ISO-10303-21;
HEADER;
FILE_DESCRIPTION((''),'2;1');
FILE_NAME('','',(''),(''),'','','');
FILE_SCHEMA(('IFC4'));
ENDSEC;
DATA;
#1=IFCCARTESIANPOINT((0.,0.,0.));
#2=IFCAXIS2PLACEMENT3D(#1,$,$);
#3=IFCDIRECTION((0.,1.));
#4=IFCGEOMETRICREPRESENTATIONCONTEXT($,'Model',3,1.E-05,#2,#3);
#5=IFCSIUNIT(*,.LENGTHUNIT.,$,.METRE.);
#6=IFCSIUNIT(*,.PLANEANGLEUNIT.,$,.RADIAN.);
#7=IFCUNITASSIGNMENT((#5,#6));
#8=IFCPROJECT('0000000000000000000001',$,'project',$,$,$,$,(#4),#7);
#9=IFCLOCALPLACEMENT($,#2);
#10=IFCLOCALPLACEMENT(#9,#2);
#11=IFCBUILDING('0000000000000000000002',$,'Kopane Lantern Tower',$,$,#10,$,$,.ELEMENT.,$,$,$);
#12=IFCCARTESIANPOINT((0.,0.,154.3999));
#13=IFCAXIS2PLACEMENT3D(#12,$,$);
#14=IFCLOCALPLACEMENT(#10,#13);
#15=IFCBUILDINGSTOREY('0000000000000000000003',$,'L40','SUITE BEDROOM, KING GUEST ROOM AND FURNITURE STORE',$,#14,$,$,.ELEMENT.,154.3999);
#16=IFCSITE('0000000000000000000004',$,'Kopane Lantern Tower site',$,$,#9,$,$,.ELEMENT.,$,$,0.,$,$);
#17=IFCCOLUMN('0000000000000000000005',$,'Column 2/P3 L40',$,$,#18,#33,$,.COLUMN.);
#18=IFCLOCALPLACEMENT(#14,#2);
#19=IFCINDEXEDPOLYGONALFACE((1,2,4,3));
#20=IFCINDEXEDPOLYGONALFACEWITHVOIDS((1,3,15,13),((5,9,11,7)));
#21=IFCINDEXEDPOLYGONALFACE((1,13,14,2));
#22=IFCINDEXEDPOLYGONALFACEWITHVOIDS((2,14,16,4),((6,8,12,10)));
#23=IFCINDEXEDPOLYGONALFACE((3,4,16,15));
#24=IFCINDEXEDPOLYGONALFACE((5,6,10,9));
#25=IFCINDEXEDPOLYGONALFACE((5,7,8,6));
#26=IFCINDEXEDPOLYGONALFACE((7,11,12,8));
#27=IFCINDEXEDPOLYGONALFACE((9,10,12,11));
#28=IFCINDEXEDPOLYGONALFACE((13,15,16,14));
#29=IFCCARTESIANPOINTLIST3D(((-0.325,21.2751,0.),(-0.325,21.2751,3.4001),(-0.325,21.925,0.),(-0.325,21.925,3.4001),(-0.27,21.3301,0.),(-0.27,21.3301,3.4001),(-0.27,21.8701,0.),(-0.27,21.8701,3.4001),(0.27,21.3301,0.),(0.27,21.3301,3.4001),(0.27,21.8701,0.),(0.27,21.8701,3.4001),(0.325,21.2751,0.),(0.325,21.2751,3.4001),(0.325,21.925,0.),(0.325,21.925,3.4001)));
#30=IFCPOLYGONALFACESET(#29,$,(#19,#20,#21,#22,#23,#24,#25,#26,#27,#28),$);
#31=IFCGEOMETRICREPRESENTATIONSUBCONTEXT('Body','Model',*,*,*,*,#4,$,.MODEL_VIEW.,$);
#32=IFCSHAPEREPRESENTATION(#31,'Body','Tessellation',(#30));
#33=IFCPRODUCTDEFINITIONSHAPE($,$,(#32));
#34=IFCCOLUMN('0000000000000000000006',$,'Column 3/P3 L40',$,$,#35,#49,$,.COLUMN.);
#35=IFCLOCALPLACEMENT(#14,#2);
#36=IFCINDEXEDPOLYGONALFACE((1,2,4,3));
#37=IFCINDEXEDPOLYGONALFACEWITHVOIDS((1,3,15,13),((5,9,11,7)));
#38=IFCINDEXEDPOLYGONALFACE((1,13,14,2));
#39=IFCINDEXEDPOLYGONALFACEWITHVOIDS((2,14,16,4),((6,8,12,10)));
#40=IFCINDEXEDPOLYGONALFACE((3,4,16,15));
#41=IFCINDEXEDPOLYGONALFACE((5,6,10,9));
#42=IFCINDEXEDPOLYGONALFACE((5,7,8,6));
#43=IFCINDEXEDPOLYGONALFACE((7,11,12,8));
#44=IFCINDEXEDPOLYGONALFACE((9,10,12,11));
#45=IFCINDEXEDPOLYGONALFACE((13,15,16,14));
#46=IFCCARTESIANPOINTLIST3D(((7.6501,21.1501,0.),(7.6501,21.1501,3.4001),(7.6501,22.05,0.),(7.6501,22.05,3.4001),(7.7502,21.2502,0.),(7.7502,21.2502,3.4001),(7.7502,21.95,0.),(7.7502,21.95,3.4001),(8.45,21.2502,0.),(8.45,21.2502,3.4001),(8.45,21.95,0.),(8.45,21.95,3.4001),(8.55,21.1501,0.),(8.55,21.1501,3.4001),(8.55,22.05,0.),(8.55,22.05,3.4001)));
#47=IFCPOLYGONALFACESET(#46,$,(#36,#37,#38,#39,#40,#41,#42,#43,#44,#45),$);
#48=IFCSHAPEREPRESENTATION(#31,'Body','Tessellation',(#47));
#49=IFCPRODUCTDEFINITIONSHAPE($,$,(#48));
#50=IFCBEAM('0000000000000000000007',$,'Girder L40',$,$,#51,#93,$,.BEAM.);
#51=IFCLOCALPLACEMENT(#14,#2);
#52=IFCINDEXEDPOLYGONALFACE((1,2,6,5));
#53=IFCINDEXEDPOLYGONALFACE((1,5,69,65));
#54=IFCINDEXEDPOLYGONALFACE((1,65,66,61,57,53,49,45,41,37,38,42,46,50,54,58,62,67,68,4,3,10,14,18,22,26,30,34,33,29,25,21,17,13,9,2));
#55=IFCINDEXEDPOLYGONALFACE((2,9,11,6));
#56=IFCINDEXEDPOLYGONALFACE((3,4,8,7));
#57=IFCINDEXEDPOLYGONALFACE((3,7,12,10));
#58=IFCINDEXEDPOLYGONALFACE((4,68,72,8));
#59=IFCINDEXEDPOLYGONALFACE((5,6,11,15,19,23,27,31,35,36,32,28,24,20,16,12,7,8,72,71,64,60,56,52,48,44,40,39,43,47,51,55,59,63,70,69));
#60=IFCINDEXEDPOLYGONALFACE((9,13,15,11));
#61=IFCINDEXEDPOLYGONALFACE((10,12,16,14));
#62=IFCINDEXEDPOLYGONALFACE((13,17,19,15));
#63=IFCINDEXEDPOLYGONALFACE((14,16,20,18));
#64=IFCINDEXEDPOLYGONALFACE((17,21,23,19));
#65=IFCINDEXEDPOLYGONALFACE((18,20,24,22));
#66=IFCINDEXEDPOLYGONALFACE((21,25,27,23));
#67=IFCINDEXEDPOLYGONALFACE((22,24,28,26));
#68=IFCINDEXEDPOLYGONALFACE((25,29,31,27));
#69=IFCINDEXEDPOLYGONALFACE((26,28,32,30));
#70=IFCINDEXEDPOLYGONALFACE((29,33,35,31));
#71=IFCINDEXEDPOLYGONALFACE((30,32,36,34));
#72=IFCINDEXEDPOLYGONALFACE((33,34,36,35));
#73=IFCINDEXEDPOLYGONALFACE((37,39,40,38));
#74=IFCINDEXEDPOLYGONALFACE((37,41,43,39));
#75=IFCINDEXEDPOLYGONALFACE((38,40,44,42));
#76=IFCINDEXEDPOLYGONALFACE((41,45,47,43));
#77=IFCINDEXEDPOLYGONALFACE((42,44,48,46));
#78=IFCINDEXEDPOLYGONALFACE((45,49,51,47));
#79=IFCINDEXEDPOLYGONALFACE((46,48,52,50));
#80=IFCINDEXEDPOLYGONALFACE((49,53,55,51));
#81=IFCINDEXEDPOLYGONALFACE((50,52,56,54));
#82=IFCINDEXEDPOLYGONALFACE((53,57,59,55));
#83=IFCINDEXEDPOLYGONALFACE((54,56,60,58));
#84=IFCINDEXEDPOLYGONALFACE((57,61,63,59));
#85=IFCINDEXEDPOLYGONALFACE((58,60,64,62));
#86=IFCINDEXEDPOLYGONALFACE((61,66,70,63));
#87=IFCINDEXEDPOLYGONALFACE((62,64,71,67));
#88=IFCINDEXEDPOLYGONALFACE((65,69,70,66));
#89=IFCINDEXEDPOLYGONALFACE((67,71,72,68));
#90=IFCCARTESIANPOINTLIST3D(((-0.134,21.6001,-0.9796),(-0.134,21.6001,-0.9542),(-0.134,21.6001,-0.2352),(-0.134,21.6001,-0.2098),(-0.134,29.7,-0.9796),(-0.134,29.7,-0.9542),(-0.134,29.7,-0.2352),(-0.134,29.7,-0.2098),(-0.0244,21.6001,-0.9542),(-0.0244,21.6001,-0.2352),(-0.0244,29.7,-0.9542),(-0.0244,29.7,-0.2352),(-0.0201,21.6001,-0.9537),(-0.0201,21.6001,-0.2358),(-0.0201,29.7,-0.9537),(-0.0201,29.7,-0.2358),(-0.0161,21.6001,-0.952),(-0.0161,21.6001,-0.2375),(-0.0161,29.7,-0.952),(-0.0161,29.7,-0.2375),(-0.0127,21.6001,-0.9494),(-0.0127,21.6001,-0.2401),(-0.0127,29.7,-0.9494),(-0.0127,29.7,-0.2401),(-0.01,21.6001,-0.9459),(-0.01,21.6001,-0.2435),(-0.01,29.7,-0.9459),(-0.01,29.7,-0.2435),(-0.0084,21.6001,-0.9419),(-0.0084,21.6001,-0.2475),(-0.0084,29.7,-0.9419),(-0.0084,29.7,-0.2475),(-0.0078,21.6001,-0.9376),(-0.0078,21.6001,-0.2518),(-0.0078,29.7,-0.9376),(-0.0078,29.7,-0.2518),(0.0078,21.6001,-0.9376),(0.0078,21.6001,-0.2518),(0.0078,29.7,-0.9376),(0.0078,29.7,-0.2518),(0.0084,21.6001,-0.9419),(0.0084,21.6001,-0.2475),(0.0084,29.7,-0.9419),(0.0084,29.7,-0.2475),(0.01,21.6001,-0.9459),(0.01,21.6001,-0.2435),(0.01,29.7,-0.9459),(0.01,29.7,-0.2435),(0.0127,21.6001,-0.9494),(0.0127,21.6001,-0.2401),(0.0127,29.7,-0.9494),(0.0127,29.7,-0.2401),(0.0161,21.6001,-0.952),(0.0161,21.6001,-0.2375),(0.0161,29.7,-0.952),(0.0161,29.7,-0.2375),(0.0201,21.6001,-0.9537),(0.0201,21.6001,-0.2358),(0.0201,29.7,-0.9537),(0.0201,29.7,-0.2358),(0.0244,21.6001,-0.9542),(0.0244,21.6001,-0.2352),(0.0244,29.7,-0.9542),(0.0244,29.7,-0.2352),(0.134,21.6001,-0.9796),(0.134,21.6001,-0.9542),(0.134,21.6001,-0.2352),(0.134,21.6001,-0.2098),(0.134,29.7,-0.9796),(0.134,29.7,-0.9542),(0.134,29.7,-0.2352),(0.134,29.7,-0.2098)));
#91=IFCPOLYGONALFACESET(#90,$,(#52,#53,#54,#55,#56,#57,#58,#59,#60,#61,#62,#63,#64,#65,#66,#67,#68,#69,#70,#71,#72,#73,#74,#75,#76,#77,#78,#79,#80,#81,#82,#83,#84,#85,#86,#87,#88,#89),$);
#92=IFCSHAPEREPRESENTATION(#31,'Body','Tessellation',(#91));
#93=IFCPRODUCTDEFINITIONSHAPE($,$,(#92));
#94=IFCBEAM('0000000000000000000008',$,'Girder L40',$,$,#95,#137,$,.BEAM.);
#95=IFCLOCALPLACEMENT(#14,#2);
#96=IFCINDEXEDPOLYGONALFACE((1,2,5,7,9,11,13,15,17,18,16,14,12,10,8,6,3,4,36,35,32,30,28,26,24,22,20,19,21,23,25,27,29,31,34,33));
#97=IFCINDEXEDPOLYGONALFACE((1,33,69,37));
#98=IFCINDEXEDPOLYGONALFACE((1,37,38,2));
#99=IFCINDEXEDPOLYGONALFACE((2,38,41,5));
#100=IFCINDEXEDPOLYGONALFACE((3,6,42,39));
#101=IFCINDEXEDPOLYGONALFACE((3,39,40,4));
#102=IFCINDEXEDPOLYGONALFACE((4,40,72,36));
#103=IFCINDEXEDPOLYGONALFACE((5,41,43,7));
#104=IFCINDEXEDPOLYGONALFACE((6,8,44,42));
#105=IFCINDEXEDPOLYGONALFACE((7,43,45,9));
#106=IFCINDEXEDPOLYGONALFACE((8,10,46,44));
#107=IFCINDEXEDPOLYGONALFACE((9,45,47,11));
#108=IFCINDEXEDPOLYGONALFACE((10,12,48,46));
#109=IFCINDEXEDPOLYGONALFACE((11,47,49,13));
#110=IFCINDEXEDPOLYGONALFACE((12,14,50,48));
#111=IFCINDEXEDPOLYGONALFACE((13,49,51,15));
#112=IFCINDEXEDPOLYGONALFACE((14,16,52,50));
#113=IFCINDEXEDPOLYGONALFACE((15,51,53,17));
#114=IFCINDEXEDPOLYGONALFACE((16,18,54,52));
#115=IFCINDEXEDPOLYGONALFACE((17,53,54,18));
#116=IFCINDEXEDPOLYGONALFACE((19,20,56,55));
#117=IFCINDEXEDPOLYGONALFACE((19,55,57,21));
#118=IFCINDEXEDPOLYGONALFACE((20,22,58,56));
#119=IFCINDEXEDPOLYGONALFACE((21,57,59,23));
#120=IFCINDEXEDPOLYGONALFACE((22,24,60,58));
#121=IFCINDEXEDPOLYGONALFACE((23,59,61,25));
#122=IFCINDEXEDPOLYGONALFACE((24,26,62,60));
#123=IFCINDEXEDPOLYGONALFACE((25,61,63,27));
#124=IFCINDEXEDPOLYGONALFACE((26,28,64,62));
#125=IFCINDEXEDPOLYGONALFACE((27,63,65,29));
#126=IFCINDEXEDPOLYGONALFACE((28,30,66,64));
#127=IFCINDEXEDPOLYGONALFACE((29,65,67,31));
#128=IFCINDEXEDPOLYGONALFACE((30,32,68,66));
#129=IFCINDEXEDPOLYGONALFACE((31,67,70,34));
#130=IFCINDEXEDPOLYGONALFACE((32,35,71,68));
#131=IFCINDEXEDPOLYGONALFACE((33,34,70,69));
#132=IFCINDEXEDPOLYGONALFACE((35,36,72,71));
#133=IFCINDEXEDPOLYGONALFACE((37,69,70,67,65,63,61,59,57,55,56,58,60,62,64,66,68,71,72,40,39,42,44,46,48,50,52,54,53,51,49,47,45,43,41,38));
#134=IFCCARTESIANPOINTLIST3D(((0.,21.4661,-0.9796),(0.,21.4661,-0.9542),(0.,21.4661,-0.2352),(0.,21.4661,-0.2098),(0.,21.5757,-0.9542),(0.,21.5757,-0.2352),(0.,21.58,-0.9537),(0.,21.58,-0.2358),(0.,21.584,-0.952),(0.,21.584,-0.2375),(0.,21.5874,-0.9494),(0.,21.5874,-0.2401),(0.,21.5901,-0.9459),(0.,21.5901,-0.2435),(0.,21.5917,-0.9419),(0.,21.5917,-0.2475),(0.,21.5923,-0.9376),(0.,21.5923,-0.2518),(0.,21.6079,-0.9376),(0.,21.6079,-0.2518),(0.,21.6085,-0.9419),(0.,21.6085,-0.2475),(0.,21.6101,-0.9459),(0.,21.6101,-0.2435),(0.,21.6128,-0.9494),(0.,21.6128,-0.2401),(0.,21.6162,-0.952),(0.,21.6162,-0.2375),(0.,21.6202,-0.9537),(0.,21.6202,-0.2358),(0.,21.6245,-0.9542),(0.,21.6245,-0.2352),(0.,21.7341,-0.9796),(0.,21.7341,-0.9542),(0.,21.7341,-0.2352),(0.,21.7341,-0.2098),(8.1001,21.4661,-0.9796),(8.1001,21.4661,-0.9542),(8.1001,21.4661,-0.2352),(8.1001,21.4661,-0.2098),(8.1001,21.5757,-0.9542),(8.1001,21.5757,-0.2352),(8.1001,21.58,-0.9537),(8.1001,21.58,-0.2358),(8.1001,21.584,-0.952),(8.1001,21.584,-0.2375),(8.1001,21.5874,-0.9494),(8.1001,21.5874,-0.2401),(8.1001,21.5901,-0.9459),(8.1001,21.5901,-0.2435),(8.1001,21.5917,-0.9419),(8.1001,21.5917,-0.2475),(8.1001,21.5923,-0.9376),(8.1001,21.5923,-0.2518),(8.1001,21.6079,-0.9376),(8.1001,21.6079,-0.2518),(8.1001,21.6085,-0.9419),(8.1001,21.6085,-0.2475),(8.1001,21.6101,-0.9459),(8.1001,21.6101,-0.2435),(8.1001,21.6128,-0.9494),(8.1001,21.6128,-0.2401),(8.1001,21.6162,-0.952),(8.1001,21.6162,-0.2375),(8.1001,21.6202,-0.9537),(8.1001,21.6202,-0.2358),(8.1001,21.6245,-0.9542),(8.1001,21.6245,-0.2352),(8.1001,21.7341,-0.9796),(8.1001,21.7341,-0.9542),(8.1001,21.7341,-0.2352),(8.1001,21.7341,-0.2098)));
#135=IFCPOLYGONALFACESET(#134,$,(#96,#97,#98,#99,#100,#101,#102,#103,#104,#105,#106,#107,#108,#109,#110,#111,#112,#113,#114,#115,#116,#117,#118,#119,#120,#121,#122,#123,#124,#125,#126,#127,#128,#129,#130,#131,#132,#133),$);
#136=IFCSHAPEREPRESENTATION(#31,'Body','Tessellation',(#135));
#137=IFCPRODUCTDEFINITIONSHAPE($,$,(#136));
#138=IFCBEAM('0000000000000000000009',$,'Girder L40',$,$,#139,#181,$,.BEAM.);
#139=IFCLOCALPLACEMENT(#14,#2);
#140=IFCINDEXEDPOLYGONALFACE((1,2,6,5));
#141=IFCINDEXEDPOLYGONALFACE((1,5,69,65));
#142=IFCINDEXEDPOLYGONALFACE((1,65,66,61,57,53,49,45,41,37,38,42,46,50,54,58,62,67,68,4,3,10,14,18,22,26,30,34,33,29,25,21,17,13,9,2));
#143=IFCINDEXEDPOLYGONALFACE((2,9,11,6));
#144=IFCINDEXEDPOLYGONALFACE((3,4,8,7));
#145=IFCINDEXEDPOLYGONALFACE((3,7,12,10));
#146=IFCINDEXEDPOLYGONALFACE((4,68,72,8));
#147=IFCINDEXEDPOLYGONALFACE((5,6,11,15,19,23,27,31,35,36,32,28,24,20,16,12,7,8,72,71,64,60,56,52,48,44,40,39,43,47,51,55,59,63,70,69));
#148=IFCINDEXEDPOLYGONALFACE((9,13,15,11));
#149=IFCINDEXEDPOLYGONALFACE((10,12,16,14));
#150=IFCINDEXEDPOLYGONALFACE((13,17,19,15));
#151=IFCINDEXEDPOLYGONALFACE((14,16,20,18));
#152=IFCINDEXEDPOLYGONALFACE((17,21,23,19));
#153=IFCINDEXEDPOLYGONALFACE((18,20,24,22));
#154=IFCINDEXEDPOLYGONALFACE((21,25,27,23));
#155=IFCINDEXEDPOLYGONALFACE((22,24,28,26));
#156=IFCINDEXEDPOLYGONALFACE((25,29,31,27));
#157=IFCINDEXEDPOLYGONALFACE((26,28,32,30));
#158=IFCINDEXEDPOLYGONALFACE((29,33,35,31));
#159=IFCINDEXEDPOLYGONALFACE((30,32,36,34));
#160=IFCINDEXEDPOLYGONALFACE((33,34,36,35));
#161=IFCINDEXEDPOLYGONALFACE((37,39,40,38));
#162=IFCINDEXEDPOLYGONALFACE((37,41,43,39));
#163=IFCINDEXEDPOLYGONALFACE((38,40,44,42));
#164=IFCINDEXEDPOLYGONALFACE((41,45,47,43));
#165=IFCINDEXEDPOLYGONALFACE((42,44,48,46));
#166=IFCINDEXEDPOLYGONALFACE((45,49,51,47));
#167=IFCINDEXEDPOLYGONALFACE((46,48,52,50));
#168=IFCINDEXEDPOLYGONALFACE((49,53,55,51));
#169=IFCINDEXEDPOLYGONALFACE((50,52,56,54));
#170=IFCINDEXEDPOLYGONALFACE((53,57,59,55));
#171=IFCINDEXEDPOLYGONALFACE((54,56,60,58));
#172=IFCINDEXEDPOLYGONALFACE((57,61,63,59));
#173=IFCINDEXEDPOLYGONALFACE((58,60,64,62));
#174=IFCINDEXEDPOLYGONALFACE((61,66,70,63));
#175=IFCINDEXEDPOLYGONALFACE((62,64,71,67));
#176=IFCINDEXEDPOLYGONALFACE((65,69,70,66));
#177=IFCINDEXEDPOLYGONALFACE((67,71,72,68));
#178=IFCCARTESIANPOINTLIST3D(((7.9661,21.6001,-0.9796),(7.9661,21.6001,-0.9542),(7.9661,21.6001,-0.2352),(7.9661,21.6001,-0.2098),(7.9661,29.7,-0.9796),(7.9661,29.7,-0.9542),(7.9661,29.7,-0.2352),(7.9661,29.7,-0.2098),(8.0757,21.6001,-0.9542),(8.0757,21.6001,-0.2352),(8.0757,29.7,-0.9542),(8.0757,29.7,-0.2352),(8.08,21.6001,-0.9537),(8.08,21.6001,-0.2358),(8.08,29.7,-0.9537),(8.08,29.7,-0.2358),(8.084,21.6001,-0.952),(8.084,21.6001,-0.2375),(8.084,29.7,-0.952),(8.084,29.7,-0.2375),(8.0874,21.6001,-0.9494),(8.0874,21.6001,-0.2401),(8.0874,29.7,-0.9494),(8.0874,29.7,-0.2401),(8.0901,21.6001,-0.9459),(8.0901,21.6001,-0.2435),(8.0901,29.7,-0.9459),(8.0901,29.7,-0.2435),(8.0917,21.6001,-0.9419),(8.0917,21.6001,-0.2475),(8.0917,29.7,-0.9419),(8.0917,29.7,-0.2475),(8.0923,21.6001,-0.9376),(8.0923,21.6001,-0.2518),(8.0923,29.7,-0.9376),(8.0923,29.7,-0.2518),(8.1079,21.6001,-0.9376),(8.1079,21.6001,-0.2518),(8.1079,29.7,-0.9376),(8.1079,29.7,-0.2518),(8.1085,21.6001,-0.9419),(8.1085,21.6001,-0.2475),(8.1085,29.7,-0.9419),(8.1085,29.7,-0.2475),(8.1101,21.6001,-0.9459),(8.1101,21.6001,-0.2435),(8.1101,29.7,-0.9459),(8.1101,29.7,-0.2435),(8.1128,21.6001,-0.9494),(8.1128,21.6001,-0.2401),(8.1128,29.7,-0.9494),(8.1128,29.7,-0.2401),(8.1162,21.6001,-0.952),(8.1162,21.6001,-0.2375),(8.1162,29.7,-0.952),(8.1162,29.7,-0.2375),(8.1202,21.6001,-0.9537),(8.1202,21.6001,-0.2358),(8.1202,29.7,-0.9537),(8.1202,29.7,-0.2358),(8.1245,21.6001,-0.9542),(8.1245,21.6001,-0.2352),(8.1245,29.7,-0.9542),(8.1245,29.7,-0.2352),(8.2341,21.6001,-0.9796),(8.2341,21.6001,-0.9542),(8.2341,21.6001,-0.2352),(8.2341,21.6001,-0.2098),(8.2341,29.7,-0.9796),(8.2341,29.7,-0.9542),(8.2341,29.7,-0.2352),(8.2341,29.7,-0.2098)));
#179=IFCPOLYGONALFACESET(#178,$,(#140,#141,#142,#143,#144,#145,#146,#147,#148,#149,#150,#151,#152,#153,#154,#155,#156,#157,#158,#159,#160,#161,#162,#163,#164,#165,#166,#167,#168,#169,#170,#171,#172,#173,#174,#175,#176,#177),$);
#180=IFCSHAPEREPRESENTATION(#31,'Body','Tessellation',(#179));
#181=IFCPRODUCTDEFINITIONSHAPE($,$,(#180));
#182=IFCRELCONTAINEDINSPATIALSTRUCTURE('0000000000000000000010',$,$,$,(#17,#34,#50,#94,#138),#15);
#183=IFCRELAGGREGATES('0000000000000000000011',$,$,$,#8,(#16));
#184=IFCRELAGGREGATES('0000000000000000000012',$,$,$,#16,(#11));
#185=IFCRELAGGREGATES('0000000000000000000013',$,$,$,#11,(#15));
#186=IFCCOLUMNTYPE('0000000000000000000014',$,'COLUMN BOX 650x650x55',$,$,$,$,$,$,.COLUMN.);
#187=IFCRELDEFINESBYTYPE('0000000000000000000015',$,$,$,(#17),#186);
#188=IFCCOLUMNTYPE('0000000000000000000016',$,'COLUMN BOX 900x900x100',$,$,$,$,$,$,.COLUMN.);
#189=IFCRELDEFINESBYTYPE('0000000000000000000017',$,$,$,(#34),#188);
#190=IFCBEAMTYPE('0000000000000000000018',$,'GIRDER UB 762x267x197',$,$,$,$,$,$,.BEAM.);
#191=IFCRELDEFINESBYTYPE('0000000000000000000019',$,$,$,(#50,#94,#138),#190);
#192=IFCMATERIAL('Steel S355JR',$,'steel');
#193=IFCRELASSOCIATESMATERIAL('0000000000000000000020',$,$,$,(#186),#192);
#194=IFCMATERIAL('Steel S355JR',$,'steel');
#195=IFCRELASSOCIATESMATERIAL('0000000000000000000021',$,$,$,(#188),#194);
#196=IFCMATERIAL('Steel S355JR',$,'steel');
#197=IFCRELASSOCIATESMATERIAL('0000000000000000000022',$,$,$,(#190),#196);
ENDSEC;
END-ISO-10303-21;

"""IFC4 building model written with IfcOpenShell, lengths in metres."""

from ifc_helpers import new_model, si_unit, direction, frame, origin, origin_2d, place, context, subcontext, project, spatial, hollow_rectangle, i_section, extrude, material, material_profile, profile_set, type_object, element, save


model = new_model("IFC4")

# Units and contexts
model_context = context("Model", 3, precision=1e-05, world=origin(), true_north=direction((0.0, 1.0)))
body_context = subcontext(model_context, "Body", "Model", "MODEL_VIEW")
ifc_project = project(units=[si_unit("LENGTHUNIT", "METRE"), si_unit("PLANEANGLEUNIT", "RADIAN")], contexts=[model_context])

# Site, building, storey
site_placement = place(None, origin())
site = spatial("IfcSite", under=ifc_project, at=site_placement, Name="Kopane Lantern Tower site", CompositionType="ELEMENT", RefElevation=0.0)
building_placement = place(site_placement, origin())
building = spatial("IfcBuilding", under=site, at=building_placement, Name="Kopane Lantern Tower", CompositionType="ELEMENT")
storey_placement = place(building_placement, frame((0.0, 0.0, 154.3999)))
storey = spatial("IfcBuildingStorey", under=building, at=storey_placement, Name="L40", Description="SUITE BEDROOM, KING GUEST ROOM AND FURNITURE STORE", CompositionType="ELEMENT", Elevation=154.3999)

# Columns
ifc_material_1 = material(Name="Steel S355JR", Category="steel")
ifc_material_profile_1 = material_profile(ifc_material_1, hollow_rectangle(XDim=0.6499, YDim=0.6499, WallThickness=0.0549, at=origin_2d()), Name="BOX 650x650x55")
ifc_profile_set_1 = profile_set([ifc_material_profile_1], Name="Steel S355JR")
column_type_1 = type_object("IfcColumnType", Name="COLUMN BOX 650x650x55", PredefinedType="COLUMN", material=ifc_profile_set_1)
column_1_placement = place(storey_placement, frame((0.0, 21.6001, 0.0), z_axis=(0.0, 0.0, 1.0), x_axis=(1.0, 0.0, 0.0)))
element("IfcColumn", 1, at=column_1_placement, inside=storey, type_object=column_type_1, Name="Column 2/P3 L40", PredefinedType="COLUMN", context=body_context, shape_type="SweptSolid", body=[
    extrude(hollow_rectangle(XDim=0.6499, YDim=0.6499, WallThickness=0.0549, at=origin_2d()), origin(), (0.0, 0.0, 1.0), 3.4001),
])
ifc_material_2 = material(Name="Steel S355JR", Category="steel")
ifc_material_profile_2 = material_profile(ifc_material_2, hollow_rectangle(XDim=0.8999, YDim=0.8999, WallThickness=0.1001, at=origin_2d()), Name="BOX 900x900x100")
ifc_profile_set_2 = profile_set([ifc_material_profile_2], Name="Steel S355JR")
column_type_2 = type_object("IfcColumnType", Name="COLUMN BOX 900x900x100", PredefinedType="COLUMN", material=ifc_profile_set_2)
column_2_placement = place(storey_placement, frame((8.1001, 21.6001, 0.0), z_axis=(0.0, 0.0, 1.0), x_axis=(1.0, 0.0, 0.0)))
element("IfcColumn", 2, at=column_2_placement, inside=storey, type_object=column_type_2, Name="Column 3/P3 L40", PredefinedType="COLUMN", context=body_context, shape_type="SweptSolid", body=[
    extrude(hollow_rectangle(XDim=0.8999, YDim=0.8999, WallThickness=0.1001, at=origin_2d()), origin(), (0.0, 0.0, 1.0), 3.4001),
])

# Beams
ifc_material_3 = material(Name="Steel S355JR", Category="steel")
ifc_material_profile_3 = material_profile(ifc_material_3, i_section(OverallWidth=0.2681, OverallDepth=0.7698, WebThickness=0.0156, FlangeThickness=0.0254, FilletRadius=0.0166, at=origin_2d()), Name="UB 762x267x197")
ifc_profile_set_3 = profile_set([ifc_material_profile_3], Name="Steel S355JR")
beam_type = type_object("IfcBeamType", Name="GIRDER UB 762x267x197", PredefinedType="BEAM", material=ifc_profile_set_3)
beam_1_placement = place(storey_placement, frame((0.0, 21.6001, -0.5947), z_axis=(0.0, 1.0, 0.0), x_axis=(-1.0, 0.0, 0.0)))
element("IfcBeam", 3, at=beam_1_placement, inside=storey, type_object=beam_type, Name="Girder L40", PredefinedType="BEAM", context=body_context, shape_type="SweptSolid", body=[
    extrude(i_section(OverallWidth=0.2681, OverallDepth=0.7698, WebThickness=0.0156, FlangeThickness=0.0254, FilletRadius=0.0166, at=origin_2d()), origin(), (0.0, 0.0, 1.0), 8.0999),
])
beam_2_placement = place(storey_placement, frame((0.0, 21.6001, -0.5947), z_axis=(1.0, 0.0, 0.0), x_axis=(0.0, 1.0, 0.0)))
element("IfcBeam", 4, at=beam_2_placement, inside=storey, type_object=beam_type, Name="Girder L40", PredefinedType="BEAM", context=body_context, shape_type="SweptSolid", body=[
    extrude(i_section(OverallWidth=0.2681, OverallDepth=0.7698, WebThickness=0.0156, FlangeThickness=0.0254, FilletRadius=0.0166, at=origin_2d()), origin(), (0.0, 0.0, 1.0), 8.1001),
])
for number, where, z_axis, x_axis, name in (
    (5, (8.1001, 21.6001, -0.5947), (0.0, 1.0, 0.0), (-1.0, 0.0, 0.0), "Girder L40"),
):
    element("IfcBeam", number, at=place(storey_placement, frame(where, z_axis=z_axis, x_axis=x_axis)), inside=storey, type_object=beam_type, Name=name, PredefinedType="BEAM", context=body_context, shape_type="SweptSolid", body=[
        extrude(i_section(OverallWidth=0.2681, OverallDepth=0.7698, WebThickness=0.0156, FlangeThickness=0.0254, FilletRadius=0.0166, at=origin_2d()), origin(), (0.0, 0.0, 1.0), 8.0999),
    ])

save(model, "model.ifc")
